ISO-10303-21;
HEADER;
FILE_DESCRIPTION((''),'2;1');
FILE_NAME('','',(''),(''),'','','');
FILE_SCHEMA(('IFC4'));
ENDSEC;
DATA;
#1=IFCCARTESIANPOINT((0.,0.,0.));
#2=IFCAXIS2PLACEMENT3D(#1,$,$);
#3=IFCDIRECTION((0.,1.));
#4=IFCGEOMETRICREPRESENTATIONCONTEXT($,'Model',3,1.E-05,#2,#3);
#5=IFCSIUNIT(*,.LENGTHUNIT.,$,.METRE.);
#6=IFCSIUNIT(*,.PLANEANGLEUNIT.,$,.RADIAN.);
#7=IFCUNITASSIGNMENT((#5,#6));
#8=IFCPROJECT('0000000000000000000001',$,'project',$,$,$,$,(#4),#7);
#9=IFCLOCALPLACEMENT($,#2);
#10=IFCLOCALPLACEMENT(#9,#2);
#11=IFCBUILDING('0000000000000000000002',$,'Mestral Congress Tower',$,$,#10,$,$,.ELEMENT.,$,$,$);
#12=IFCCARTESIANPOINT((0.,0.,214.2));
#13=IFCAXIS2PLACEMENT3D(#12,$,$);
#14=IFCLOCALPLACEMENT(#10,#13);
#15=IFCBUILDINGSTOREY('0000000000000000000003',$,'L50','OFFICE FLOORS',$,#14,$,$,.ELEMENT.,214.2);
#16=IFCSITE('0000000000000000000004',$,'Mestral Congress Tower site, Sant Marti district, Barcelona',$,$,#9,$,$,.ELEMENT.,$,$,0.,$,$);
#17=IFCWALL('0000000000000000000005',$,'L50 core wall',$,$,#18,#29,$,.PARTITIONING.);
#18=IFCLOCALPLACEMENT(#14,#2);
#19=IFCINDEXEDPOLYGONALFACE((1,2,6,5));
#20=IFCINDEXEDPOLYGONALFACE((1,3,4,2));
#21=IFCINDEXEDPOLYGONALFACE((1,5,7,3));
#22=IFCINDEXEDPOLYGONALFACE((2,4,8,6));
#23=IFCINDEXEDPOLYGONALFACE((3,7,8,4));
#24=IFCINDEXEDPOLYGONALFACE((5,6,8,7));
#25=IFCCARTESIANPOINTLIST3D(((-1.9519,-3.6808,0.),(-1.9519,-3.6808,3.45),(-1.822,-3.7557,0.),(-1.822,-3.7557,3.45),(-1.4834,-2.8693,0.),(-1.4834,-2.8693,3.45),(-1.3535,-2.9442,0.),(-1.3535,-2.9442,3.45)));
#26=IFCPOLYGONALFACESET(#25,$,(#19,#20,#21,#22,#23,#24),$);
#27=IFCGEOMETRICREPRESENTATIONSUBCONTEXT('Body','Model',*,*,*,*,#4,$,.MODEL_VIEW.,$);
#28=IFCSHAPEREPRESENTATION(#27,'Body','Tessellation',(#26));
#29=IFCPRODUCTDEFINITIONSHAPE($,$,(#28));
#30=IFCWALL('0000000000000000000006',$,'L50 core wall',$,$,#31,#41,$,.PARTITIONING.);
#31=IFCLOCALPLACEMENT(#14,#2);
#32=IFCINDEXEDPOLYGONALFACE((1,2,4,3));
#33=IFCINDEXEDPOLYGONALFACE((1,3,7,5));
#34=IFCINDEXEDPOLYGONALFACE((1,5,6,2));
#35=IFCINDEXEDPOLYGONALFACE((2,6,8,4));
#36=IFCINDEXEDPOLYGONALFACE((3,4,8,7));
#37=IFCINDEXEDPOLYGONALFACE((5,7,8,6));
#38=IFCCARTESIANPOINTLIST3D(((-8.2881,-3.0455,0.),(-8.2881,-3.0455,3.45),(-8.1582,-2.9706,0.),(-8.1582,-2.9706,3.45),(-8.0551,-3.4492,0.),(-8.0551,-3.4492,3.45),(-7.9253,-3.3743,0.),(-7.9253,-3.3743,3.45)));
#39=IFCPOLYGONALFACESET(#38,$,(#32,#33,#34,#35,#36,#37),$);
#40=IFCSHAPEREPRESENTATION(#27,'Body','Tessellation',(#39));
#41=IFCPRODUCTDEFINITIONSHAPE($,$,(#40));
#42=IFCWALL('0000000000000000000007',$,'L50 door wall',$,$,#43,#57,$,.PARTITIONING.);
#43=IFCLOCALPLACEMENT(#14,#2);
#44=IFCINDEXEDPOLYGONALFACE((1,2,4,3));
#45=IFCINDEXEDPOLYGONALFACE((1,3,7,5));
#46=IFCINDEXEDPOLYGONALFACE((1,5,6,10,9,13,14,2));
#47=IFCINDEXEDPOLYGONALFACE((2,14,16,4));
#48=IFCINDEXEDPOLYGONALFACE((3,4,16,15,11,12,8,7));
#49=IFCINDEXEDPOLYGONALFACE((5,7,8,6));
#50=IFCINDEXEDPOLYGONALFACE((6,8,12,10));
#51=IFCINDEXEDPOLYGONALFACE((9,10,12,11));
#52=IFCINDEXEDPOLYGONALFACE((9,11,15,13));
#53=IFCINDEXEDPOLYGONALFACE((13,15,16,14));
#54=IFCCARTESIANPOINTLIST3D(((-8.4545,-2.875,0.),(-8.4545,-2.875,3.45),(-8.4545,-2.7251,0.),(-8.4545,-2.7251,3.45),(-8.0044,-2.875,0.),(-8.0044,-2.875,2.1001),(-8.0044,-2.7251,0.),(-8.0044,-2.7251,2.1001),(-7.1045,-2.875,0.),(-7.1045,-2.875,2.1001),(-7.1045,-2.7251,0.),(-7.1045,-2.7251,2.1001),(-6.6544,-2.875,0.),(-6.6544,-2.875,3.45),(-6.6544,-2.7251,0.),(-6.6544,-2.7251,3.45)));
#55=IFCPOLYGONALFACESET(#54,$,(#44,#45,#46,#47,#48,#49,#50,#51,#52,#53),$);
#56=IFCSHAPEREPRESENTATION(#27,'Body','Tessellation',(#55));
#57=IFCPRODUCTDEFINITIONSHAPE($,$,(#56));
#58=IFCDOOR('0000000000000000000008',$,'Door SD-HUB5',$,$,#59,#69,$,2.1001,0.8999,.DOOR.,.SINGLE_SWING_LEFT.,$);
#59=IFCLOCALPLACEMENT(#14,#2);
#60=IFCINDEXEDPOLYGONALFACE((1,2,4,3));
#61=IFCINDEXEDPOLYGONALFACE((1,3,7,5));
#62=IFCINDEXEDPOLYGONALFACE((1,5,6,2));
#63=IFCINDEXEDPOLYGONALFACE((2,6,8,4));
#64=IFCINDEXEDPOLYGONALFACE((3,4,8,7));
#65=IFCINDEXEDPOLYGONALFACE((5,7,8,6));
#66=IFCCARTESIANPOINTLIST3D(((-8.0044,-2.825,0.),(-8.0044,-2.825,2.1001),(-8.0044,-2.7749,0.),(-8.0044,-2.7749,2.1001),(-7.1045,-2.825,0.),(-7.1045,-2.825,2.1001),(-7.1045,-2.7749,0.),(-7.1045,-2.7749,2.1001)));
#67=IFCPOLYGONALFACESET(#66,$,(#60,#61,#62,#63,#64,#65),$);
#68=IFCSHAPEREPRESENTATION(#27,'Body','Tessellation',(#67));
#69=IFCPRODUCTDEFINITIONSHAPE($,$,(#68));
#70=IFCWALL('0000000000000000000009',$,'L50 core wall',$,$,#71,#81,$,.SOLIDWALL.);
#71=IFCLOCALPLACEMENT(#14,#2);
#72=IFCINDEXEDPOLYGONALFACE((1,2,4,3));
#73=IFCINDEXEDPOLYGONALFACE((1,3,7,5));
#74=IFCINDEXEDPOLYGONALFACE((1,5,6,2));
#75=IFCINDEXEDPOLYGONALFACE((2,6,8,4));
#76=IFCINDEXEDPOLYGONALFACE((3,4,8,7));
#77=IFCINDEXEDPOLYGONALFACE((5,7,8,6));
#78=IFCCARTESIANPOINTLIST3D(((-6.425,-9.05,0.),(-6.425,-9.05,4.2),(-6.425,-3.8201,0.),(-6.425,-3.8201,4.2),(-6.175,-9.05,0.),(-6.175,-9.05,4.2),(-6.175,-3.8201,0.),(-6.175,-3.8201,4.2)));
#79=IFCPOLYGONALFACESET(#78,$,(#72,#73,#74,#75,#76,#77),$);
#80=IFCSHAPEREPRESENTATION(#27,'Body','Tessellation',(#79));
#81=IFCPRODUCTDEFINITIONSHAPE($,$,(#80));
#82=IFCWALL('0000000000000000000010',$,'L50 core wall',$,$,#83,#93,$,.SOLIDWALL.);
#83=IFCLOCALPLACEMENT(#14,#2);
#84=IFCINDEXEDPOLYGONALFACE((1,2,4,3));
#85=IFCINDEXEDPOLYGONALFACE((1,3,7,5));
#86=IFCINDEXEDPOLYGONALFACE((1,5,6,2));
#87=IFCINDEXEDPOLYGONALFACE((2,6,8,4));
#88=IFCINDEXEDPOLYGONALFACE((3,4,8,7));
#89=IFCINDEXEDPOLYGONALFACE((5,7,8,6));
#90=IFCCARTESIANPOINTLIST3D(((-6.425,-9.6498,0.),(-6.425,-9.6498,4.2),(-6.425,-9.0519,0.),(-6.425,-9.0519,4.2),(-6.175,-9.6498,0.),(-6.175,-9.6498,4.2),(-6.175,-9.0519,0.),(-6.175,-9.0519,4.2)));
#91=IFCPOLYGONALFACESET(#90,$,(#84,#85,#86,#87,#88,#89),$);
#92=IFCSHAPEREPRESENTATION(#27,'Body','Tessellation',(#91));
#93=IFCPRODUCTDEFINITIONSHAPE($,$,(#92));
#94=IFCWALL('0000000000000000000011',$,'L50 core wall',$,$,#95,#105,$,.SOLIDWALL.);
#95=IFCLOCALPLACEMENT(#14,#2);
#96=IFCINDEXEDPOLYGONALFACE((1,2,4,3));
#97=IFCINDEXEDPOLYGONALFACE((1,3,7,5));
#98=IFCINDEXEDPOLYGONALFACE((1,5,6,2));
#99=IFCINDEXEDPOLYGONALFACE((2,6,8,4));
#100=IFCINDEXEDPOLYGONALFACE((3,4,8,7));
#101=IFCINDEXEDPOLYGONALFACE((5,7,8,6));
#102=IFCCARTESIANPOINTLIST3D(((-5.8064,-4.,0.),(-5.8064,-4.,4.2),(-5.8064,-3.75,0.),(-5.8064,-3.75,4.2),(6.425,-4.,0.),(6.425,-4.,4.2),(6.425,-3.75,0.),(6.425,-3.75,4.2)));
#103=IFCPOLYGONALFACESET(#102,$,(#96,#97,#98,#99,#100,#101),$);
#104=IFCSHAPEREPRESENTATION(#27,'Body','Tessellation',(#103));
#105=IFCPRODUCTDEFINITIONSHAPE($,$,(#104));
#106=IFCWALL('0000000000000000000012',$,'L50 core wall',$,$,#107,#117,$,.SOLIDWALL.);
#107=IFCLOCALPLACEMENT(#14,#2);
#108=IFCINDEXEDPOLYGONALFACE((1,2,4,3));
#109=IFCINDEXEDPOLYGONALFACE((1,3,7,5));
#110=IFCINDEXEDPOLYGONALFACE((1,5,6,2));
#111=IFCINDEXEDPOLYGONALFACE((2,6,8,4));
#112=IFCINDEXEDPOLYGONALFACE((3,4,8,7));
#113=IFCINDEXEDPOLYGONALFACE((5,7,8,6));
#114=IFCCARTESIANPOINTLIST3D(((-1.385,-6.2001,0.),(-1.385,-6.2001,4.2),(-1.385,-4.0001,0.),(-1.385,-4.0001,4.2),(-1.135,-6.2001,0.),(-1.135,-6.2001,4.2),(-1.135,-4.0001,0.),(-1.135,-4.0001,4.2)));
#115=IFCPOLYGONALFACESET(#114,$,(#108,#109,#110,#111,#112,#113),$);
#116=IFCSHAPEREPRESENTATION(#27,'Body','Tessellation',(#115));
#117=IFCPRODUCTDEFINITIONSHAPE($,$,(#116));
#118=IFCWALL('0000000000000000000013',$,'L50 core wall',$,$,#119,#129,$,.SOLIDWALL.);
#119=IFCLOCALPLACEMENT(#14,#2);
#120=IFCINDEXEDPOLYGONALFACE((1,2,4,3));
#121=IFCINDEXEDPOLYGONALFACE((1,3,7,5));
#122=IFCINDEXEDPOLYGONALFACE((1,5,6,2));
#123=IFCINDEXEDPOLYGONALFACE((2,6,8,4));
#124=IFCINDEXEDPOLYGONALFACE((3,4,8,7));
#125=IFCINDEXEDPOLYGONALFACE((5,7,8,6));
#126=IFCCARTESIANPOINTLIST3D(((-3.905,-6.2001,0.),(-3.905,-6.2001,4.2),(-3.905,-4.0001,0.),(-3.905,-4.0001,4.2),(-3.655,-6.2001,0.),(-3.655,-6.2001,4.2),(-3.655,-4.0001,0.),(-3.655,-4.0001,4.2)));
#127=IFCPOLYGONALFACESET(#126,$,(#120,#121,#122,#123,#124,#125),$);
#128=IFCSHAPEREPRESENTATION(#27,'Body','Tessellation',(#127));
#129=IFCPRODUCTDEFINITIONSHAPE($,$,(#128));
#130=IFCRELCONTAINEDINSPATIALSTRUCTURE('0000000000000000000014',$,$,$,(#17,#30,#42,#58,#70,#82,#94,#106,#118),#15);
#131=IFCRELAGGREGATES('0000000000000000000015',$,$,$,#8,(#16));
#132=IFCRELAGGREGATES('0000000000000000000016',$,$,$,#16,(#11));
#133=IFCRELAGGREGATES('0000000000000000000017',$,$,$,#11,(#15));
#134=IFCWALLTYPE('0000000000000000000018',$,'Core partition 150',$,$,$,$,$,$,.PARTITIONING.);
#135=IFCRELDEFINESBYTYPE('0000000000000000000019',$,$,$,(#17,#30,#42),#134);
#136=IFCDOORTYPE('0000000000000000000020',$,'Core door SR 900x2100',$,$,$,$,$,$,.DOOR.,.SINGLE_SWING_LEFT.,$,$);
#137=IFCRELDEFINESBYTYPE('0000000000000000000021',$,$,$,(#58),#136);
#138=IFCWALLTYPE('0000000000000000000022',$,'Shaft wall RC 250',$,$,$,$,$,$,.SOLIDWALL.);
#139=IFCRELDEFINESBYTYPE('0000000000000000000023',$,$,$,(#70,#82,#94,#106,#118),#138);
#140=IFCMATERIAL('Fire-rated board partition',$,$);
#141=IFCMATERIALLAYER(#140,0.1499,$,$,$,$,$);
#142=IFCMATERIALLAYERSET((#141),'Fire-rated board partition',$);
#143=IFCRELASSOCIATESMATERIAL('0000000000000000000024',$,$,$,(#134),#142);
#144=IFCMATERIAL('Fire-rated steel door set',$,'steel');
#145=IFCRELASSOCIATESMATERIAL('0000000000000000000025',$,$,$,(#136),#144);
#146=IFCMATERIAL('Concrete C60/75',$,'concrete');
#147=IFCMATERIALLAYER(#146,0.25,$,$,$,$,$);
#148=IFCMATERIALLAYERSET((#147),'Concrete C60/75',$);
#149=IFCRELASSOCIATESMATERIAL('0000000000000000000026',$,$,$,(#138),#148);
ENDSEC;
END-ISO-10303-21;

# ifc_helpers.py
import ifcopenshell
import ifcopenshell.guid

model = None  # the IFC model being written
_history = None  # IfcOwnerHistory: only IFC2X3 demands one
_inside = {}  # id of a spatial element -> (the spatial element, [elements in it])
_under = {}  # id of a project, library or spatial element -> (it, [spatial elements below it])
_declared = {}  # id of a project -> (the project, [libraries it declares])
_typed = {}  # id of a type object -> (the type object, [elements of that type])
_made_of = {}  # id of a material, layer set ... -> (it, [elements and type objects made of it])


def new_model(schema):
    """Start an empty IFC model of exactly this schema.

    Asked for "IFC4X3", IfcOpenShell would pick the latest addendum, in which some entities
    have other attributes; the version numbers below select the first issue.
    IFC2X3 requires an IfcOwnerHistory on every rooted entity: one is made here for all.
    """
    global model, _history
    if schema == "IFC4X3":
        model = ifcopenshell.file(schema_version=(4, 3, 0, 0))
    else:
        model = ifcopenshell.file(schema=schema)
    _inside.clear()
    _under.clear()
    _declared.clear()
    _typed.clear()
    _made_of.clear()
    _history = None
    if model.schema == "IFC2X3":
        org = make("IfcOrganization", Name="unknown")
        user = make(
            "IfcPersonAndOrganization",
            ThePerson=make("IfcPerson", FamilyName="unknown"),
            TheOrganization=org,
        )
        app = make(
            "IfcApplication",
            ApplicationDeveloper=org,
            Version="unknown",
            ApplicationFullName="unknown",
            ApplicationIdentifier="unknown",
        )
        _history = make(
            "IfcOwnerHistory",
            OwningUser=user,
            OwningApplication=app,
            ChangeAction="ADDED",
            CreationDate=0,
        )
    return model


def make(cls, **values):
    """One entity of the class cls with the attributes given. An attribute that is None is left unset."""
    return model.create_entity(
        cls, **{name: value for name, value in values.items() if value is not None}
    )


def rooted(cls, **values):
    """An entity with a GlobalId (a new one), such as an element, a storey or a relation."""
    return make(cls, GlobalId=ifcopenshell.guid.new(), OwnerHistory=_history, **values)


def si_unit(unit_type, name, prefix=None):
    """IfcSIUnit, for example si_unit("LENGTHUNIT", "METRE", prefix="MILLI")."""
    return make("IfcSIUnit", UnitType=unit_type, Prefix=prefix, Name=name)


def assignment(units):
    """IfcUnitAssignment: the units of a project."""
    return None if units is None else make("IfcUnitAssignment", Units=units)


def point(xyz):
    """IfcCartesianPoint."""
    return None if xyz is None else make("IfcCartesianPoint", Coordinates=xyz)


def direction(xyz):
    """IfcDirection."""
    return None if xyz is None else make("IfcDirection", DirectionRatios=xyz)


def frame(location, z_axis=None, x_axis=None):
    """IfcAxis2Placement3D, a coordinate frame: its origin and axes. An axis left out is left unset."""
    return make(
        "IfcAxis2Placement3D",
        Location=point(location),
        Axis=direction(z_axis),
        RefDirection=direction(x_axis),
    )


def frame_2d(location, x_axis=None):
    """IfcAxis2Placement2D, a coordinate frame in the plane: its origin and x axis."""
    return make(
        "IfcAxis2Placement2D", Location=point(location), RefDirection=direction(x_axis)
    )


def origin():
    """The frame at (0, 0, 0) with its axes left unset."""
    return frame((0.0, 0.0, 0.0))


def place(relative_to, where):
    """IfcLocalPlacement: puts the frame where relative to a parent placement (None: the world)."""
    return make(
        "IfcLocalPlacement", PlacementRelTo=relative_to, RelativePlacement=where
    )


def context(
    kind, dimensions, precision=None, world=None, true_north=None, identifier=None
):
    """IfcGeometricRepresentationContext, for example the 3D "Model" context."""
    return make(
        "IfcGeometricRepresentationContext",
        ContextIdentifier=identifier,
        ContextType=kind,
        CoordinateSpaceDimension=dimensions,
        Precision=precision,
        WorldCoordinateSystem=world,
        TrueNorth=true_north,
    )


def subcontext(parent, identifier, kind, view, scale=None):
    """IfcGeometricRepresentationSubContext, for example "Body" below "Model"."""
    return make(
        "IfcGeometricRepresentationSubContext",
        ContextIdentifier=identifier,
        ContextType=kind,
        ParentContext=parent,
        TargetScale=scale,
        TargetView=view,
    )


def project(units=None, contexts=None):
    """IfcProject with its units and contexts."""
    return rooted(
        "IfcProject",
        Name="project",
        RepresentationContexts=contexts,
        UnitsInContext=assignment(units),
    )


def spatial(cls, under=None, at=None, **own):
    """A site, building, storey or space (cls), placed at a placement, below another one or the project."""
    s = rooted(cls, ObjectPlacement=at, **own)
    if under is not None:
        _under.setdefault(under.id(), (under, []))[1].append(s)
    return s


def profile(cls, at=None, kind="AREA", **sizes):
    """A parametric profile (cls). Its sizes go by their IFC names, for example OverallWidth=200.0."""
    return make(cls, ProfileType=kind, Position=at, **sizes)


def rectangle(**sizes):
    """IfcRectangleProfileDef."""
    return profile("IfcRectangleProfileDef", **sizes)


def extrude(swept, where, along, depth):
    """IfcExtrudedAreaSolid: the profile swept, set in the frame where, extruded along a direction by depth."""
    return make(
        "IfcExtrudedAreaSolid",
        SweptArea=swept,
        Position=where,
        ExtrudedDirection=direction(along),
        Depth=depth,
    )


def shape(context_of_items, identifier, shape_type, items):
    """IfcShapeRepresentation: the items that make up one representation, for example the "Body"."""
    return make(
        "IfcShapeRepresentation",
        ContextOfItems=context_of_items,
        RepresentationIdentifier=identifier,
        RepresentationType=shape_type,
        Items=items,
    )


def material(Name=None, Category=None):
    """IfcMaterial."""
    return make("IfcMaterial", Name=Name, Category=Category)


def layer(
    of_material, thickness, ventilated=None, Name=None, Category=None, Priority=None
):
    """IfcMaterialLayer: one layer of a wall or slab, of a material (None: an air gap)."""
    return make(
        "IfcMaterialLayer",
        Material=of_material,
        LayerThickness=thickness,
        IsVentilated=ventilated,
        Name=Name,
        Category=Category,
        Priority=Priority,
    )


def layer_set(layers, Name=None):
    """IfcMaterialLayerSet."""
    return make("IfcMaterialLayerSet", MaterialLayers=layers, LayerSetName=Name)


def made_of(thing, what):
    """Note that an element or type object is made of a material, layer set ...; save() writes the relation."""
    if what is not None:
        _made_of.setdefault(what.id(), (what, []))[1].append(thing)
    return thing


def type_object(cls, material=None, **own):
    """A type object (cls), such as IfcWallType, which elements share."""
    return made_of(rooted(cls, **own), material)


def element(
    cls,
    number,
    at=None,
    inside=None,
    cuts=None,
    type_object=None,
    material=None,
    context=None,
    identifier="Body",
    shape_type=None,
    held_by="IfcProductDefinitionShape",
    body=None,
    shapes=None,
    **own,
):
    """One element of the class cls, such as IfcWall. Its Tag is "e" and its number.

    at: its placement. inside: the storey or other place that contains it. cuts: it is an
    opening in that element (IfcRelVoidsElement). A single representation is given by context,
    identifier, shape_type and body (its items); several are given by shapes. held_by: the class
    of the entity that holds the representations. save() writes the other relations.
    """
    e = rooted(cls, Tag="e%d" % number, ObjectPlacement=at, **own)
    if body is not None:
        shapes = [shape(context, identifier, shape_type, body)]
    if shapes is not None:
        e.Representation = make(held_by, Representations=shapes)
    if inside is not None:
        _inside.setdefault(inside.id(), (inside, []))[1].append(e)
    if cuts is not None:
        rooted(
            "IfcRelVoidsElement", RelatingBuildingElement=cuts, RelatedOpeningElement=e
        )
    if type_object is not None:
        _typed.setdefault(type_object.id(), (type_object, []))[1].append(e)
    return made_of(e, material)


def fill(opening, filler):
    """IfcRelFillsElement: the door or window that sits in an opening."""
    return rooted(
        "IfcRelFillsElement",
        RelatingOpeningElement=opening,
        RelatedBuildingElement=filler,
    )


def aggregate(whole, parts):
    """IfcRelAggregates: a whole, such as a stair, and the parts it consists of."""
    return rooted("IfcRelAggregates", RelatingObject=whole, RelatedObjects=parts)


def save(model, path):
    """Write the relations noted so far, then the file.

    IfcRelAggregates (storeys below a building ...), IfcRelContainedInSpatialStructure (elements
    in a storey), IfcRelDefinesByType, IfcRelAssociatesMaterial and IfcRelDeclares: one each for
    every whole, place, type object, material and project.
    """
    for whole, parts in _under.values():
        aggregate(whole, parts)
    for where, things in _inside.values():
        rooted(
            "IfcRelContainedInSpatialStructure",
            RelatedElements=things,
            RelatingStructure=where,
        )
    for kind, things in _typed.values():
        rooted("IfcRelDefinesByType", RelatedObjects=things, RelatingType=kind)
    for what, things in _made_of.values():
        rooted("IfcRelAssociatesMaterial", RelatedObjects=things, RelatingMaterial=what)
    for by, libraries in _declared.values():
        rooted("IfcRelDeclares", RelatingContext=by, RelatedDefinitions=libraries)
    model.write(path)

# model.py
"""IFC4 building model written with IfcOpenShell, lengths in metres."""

from ifc_helpers import new_model, si_unit, direction, frame, frame_2d, origin, place, context, subcontext, project, spatial, rectangle, extrude, material, layer, layer_set, type_object, element, fill, save


model = new_model("IFC4")

# Units and contexts
model_context = context("Model", 3, precision=1e-05, world=origin(), true_north=direction((0.0, 1.0)))
body_context = subcontext(model_context, "Body", "Model", "MODEL_VIEW")
ifc_project = project(units=[si_unit("LENGTHUNIT", "METRE"), si_unit("PLANEANGLEUNIT", "RADIAN")], contexts=[model_context])

# Site, building, storey
site_placement = place(None, origin())
site = spatial("IfcSite", under=ifc_project, at=site_placement, Name="Mestral Congress Tower site, Sant Marti district, Barcelona", CompositionType="ELEMENT", RefElevation=0.0)
building_placement = place(site_placement, origin())
building = spatial("IfcBuilding", under=site, at=building_placement, Name="Mestral Congress Tower", CompositionType="ELEMENT")
storey_placement = place(building_placement, frame((0.0, 0.0, 214.2)))
storey = spatial("IfcBuildingStorey", under=building, at=storey_placement, Name="L50", Description="OFFICE FLOORS", CompositionType="ELEMENT", Elevation=214.2)

# Walls
ifc_material_1 = material(Name="Fire-rated board partition")
ifc_layer_1 = layer(ifc_material_1, 0.1499)
ifc_layer_set_1 = layer_set([ifc_layer_1], Name="Fire-rated board partition")
wall_type_1 = type_object("IfcWallType", Name="Core partition 150", PredefinedType="PARTITIONING", material=ifc_layer_set_1)
wall_1_placement = place(storey_placement, frame((-1.4185, -2.9067, 0.0), z_axis=(0.0, 0.0, 1.0), x_axis=(-0.499978, -0.866038, 0.0)))
element("IfcWall", 1, at=wall_1_placement, inside=storey, type_object=wall_type_1, Name="L50 core wall", PredefinedType="PARTITIONING", context=body_context, shape_type="SweptSolid", body=[
    extrude(rectangle(XDim=0.937, YDim=0.1499, at=frame_2d((0.4685, 0.0))), origin(), (0.0, 0.0, 1.0), 3.45),
])
wall_2_placement = place(storey_placement, frame((-7.9902, -3.4116, 0.0), z_axis=(0.0, 0.0, 1.0), x_axis=(-0.499859, 0.866107, 0.0)))
element("IfcWall", 2, at=wall_2_placement, inside=storey, type_object=wall_type_1, Name="L50 core wall", PredefinedType="PARTITIONING", context=body_context, shape_type="SweptSolid", body=[
    extrude(rectangle(XDim=0.4661, YDim=0.1499, at=frame_2d((0.2329, 0.0))), origin(), (0.0, 0.0, 1.0), 3.45),
])

# Wall, opening, door
wall_3_placement = place(storey_placement, frame((-6.6545, -2.8, 0.0), z_axis=(0.0, 0.0, 1.0), x_axis=(-1.0, 0.0, 0.0)))
wall_3 = element("IfcWall", 3, at=wall_3_placement, inside=storey, type_object=wall_type_1, Name="L50 door wall", PredefinedType="PARTITIONING", context=body_context, shape_type="SweptSolid", body=[
    extrude(rectangle(XDim=1.8, YDim=0.1499, at=frame_2d((0.8999, 0.0))), origin(), (0.0, 0.0, 1.0), 3.45),
])
opening_1_placement = place(wall_3_placement, frame((0.45, 0.0, 0.0)))
opening_1 = element("IfcOpeningElement", 4, at=opening_1_placement, cuts=wall_3, PredefinedType="OPENING", context=body_context, shape_type="SweptSolid", body=[
    extrude(rectangle(XDim=0.8999, YDim=2.1001, at=frame_2d((0.45, 1.05))), frame((0.0, 0.085, 0.0), z_axis=(0.0, -1.0, 0.0), x_axis=(1.0, 0.0, 0.0)), (0.0, 0.0, 1.0), 0.1699),
])
ifc_material_2 = material(Name="Fire-rated steel door set", Category="steel")
door_type_1 = type_object("IfcDoorType", Name="Core door SR 900x2100", OperationType="SINGLE_SWING_LEFT", PredefinedType="DOOR", material=ifc_material_2)
door_1_placement = place(opening_1_placement, origin())
door_1 = element("IfcDoor", 5, at=door_1_placement, inside=storey, type_object=door_type_1, Name="Door SD-HUB5", OperationType="SINGLE_SWING_LEFT", OverallHeight=2.1001, OverallWidth=0.8999, PredefinedType="DOOR", context=body_context, shape_type="SweptSolid", body=[
    extrude(rectangle(XDim=0.8999, YDim=2.1001, at=frame_2d((0.45, 1.05))), frame((0.0, 0.0249, 0.0), z_axis=(0.0, -1.0, 0.0), x_axis=(1.0, 0.0, 0.0)), (0.0, 0.0, 1.0), 0.05),
])
fill(opening_1, door_1)

# Walls
ifc_material_3 = material(Name="Concrete C60/75", Category="concrete")
ifc_layer_2 = layer(ifc_material_3, 0.25)
ifc_layer_set_2 = layer_set([ifc_layer_2], Name="Concrete C60/75")
wall_type_2 = type_object("IfcWallType", Name="Shaft wall RC 250", PredefinedType="SOLIDWALL", material=ifc_layer_set_2)
wall_4_placement = place(storey_placement, frame((-6.3, -9.05, 0.0), z_axis=(0.0, 0.0, 1.0), x_axis=(0.0, 1.0, 0.0)))
element("IfcWall", 6, at=wall_4_placement, inside=storey, type_object=wall_type_2, Name="L50 core wall", PredefinedType="SOLIDWALL", context=body_context, shape_type="SweptSolid", body=[
    extrude(rectangle(XDim=5.23, YDim=0.25, at=frame_2d((2.615, 0.0))), origin(), (0.0, 0.0, 1.0), 4.2),
])
wall_5_placement = place(storey_placement, frame((-6.3, -9.052, 0.0), z_axis=(0.0, 0.0, 1.0), x_axis=(0.0, -1.0, 0.0)))
element("IfcWall", 7, at=wall_5_placement, inside=storey, type_object=wall_type_2, Name="L50 core wall", PredefinedType="SOLIDWALL", context=body_context, shape_type="SweptSolid", body=[
    extrude(rectangle(XDim=0.5979, YDim=0.25, at=frame_2d((0.2988, 0.0))), origin(), (0.0, 0.0, 1.0), 4.2),
])
wall_6_placement = place(storey_placement, frame((-5.8064, -3.875, 0.0), z_axis=(0.0, 0.0, 1.0), x_axis=(1.0, 0.0, 0.0)))
element("IfcWall", 8, at=wall_6_placement, inside=storey, type_object=wall_type_2, Name="L50 core wall", PredefinedType="SOLIDWALL", context=body_context, shape_type="SweptSolid", body=[
    extrude(rectangle(XDim=12.2314, YDim=0.25, at=frame_2d((6.1157, 0.0))), origin(), (0.0, 0.0, 1.0), 4.2),
])
for number, where, z_axis, x_axis, name in (
    (9, (-1.26, -4.0, 0.0), (0.0, 0.0, 1.0), (0.0, -1.0, 0.0), "L50 core wall"),
    (10, (-3.78, -4.0, 0.0), (0.0, 0.0, 1.0), (0.0, -1.0, 0.0), "L50 core wall"),
):
    element("IfcWall", number, at=place(storey_placement, frame(where, z_axis=z_axis, x_axis=x_axis)), inside=storey, type_object=wall_type_2, Name=name, PredefinedType="SOLIDWALL", context=body_context, shape_type="SweptSolid", body=[
        extrude(rectangle(XDim=2.2, YDim=0.25, at=frame_2d((1.1001, 0.0))), origin(), (0.0, 0.0, 1.0), 4.2),
    ])

save(model, "model.ifc")
